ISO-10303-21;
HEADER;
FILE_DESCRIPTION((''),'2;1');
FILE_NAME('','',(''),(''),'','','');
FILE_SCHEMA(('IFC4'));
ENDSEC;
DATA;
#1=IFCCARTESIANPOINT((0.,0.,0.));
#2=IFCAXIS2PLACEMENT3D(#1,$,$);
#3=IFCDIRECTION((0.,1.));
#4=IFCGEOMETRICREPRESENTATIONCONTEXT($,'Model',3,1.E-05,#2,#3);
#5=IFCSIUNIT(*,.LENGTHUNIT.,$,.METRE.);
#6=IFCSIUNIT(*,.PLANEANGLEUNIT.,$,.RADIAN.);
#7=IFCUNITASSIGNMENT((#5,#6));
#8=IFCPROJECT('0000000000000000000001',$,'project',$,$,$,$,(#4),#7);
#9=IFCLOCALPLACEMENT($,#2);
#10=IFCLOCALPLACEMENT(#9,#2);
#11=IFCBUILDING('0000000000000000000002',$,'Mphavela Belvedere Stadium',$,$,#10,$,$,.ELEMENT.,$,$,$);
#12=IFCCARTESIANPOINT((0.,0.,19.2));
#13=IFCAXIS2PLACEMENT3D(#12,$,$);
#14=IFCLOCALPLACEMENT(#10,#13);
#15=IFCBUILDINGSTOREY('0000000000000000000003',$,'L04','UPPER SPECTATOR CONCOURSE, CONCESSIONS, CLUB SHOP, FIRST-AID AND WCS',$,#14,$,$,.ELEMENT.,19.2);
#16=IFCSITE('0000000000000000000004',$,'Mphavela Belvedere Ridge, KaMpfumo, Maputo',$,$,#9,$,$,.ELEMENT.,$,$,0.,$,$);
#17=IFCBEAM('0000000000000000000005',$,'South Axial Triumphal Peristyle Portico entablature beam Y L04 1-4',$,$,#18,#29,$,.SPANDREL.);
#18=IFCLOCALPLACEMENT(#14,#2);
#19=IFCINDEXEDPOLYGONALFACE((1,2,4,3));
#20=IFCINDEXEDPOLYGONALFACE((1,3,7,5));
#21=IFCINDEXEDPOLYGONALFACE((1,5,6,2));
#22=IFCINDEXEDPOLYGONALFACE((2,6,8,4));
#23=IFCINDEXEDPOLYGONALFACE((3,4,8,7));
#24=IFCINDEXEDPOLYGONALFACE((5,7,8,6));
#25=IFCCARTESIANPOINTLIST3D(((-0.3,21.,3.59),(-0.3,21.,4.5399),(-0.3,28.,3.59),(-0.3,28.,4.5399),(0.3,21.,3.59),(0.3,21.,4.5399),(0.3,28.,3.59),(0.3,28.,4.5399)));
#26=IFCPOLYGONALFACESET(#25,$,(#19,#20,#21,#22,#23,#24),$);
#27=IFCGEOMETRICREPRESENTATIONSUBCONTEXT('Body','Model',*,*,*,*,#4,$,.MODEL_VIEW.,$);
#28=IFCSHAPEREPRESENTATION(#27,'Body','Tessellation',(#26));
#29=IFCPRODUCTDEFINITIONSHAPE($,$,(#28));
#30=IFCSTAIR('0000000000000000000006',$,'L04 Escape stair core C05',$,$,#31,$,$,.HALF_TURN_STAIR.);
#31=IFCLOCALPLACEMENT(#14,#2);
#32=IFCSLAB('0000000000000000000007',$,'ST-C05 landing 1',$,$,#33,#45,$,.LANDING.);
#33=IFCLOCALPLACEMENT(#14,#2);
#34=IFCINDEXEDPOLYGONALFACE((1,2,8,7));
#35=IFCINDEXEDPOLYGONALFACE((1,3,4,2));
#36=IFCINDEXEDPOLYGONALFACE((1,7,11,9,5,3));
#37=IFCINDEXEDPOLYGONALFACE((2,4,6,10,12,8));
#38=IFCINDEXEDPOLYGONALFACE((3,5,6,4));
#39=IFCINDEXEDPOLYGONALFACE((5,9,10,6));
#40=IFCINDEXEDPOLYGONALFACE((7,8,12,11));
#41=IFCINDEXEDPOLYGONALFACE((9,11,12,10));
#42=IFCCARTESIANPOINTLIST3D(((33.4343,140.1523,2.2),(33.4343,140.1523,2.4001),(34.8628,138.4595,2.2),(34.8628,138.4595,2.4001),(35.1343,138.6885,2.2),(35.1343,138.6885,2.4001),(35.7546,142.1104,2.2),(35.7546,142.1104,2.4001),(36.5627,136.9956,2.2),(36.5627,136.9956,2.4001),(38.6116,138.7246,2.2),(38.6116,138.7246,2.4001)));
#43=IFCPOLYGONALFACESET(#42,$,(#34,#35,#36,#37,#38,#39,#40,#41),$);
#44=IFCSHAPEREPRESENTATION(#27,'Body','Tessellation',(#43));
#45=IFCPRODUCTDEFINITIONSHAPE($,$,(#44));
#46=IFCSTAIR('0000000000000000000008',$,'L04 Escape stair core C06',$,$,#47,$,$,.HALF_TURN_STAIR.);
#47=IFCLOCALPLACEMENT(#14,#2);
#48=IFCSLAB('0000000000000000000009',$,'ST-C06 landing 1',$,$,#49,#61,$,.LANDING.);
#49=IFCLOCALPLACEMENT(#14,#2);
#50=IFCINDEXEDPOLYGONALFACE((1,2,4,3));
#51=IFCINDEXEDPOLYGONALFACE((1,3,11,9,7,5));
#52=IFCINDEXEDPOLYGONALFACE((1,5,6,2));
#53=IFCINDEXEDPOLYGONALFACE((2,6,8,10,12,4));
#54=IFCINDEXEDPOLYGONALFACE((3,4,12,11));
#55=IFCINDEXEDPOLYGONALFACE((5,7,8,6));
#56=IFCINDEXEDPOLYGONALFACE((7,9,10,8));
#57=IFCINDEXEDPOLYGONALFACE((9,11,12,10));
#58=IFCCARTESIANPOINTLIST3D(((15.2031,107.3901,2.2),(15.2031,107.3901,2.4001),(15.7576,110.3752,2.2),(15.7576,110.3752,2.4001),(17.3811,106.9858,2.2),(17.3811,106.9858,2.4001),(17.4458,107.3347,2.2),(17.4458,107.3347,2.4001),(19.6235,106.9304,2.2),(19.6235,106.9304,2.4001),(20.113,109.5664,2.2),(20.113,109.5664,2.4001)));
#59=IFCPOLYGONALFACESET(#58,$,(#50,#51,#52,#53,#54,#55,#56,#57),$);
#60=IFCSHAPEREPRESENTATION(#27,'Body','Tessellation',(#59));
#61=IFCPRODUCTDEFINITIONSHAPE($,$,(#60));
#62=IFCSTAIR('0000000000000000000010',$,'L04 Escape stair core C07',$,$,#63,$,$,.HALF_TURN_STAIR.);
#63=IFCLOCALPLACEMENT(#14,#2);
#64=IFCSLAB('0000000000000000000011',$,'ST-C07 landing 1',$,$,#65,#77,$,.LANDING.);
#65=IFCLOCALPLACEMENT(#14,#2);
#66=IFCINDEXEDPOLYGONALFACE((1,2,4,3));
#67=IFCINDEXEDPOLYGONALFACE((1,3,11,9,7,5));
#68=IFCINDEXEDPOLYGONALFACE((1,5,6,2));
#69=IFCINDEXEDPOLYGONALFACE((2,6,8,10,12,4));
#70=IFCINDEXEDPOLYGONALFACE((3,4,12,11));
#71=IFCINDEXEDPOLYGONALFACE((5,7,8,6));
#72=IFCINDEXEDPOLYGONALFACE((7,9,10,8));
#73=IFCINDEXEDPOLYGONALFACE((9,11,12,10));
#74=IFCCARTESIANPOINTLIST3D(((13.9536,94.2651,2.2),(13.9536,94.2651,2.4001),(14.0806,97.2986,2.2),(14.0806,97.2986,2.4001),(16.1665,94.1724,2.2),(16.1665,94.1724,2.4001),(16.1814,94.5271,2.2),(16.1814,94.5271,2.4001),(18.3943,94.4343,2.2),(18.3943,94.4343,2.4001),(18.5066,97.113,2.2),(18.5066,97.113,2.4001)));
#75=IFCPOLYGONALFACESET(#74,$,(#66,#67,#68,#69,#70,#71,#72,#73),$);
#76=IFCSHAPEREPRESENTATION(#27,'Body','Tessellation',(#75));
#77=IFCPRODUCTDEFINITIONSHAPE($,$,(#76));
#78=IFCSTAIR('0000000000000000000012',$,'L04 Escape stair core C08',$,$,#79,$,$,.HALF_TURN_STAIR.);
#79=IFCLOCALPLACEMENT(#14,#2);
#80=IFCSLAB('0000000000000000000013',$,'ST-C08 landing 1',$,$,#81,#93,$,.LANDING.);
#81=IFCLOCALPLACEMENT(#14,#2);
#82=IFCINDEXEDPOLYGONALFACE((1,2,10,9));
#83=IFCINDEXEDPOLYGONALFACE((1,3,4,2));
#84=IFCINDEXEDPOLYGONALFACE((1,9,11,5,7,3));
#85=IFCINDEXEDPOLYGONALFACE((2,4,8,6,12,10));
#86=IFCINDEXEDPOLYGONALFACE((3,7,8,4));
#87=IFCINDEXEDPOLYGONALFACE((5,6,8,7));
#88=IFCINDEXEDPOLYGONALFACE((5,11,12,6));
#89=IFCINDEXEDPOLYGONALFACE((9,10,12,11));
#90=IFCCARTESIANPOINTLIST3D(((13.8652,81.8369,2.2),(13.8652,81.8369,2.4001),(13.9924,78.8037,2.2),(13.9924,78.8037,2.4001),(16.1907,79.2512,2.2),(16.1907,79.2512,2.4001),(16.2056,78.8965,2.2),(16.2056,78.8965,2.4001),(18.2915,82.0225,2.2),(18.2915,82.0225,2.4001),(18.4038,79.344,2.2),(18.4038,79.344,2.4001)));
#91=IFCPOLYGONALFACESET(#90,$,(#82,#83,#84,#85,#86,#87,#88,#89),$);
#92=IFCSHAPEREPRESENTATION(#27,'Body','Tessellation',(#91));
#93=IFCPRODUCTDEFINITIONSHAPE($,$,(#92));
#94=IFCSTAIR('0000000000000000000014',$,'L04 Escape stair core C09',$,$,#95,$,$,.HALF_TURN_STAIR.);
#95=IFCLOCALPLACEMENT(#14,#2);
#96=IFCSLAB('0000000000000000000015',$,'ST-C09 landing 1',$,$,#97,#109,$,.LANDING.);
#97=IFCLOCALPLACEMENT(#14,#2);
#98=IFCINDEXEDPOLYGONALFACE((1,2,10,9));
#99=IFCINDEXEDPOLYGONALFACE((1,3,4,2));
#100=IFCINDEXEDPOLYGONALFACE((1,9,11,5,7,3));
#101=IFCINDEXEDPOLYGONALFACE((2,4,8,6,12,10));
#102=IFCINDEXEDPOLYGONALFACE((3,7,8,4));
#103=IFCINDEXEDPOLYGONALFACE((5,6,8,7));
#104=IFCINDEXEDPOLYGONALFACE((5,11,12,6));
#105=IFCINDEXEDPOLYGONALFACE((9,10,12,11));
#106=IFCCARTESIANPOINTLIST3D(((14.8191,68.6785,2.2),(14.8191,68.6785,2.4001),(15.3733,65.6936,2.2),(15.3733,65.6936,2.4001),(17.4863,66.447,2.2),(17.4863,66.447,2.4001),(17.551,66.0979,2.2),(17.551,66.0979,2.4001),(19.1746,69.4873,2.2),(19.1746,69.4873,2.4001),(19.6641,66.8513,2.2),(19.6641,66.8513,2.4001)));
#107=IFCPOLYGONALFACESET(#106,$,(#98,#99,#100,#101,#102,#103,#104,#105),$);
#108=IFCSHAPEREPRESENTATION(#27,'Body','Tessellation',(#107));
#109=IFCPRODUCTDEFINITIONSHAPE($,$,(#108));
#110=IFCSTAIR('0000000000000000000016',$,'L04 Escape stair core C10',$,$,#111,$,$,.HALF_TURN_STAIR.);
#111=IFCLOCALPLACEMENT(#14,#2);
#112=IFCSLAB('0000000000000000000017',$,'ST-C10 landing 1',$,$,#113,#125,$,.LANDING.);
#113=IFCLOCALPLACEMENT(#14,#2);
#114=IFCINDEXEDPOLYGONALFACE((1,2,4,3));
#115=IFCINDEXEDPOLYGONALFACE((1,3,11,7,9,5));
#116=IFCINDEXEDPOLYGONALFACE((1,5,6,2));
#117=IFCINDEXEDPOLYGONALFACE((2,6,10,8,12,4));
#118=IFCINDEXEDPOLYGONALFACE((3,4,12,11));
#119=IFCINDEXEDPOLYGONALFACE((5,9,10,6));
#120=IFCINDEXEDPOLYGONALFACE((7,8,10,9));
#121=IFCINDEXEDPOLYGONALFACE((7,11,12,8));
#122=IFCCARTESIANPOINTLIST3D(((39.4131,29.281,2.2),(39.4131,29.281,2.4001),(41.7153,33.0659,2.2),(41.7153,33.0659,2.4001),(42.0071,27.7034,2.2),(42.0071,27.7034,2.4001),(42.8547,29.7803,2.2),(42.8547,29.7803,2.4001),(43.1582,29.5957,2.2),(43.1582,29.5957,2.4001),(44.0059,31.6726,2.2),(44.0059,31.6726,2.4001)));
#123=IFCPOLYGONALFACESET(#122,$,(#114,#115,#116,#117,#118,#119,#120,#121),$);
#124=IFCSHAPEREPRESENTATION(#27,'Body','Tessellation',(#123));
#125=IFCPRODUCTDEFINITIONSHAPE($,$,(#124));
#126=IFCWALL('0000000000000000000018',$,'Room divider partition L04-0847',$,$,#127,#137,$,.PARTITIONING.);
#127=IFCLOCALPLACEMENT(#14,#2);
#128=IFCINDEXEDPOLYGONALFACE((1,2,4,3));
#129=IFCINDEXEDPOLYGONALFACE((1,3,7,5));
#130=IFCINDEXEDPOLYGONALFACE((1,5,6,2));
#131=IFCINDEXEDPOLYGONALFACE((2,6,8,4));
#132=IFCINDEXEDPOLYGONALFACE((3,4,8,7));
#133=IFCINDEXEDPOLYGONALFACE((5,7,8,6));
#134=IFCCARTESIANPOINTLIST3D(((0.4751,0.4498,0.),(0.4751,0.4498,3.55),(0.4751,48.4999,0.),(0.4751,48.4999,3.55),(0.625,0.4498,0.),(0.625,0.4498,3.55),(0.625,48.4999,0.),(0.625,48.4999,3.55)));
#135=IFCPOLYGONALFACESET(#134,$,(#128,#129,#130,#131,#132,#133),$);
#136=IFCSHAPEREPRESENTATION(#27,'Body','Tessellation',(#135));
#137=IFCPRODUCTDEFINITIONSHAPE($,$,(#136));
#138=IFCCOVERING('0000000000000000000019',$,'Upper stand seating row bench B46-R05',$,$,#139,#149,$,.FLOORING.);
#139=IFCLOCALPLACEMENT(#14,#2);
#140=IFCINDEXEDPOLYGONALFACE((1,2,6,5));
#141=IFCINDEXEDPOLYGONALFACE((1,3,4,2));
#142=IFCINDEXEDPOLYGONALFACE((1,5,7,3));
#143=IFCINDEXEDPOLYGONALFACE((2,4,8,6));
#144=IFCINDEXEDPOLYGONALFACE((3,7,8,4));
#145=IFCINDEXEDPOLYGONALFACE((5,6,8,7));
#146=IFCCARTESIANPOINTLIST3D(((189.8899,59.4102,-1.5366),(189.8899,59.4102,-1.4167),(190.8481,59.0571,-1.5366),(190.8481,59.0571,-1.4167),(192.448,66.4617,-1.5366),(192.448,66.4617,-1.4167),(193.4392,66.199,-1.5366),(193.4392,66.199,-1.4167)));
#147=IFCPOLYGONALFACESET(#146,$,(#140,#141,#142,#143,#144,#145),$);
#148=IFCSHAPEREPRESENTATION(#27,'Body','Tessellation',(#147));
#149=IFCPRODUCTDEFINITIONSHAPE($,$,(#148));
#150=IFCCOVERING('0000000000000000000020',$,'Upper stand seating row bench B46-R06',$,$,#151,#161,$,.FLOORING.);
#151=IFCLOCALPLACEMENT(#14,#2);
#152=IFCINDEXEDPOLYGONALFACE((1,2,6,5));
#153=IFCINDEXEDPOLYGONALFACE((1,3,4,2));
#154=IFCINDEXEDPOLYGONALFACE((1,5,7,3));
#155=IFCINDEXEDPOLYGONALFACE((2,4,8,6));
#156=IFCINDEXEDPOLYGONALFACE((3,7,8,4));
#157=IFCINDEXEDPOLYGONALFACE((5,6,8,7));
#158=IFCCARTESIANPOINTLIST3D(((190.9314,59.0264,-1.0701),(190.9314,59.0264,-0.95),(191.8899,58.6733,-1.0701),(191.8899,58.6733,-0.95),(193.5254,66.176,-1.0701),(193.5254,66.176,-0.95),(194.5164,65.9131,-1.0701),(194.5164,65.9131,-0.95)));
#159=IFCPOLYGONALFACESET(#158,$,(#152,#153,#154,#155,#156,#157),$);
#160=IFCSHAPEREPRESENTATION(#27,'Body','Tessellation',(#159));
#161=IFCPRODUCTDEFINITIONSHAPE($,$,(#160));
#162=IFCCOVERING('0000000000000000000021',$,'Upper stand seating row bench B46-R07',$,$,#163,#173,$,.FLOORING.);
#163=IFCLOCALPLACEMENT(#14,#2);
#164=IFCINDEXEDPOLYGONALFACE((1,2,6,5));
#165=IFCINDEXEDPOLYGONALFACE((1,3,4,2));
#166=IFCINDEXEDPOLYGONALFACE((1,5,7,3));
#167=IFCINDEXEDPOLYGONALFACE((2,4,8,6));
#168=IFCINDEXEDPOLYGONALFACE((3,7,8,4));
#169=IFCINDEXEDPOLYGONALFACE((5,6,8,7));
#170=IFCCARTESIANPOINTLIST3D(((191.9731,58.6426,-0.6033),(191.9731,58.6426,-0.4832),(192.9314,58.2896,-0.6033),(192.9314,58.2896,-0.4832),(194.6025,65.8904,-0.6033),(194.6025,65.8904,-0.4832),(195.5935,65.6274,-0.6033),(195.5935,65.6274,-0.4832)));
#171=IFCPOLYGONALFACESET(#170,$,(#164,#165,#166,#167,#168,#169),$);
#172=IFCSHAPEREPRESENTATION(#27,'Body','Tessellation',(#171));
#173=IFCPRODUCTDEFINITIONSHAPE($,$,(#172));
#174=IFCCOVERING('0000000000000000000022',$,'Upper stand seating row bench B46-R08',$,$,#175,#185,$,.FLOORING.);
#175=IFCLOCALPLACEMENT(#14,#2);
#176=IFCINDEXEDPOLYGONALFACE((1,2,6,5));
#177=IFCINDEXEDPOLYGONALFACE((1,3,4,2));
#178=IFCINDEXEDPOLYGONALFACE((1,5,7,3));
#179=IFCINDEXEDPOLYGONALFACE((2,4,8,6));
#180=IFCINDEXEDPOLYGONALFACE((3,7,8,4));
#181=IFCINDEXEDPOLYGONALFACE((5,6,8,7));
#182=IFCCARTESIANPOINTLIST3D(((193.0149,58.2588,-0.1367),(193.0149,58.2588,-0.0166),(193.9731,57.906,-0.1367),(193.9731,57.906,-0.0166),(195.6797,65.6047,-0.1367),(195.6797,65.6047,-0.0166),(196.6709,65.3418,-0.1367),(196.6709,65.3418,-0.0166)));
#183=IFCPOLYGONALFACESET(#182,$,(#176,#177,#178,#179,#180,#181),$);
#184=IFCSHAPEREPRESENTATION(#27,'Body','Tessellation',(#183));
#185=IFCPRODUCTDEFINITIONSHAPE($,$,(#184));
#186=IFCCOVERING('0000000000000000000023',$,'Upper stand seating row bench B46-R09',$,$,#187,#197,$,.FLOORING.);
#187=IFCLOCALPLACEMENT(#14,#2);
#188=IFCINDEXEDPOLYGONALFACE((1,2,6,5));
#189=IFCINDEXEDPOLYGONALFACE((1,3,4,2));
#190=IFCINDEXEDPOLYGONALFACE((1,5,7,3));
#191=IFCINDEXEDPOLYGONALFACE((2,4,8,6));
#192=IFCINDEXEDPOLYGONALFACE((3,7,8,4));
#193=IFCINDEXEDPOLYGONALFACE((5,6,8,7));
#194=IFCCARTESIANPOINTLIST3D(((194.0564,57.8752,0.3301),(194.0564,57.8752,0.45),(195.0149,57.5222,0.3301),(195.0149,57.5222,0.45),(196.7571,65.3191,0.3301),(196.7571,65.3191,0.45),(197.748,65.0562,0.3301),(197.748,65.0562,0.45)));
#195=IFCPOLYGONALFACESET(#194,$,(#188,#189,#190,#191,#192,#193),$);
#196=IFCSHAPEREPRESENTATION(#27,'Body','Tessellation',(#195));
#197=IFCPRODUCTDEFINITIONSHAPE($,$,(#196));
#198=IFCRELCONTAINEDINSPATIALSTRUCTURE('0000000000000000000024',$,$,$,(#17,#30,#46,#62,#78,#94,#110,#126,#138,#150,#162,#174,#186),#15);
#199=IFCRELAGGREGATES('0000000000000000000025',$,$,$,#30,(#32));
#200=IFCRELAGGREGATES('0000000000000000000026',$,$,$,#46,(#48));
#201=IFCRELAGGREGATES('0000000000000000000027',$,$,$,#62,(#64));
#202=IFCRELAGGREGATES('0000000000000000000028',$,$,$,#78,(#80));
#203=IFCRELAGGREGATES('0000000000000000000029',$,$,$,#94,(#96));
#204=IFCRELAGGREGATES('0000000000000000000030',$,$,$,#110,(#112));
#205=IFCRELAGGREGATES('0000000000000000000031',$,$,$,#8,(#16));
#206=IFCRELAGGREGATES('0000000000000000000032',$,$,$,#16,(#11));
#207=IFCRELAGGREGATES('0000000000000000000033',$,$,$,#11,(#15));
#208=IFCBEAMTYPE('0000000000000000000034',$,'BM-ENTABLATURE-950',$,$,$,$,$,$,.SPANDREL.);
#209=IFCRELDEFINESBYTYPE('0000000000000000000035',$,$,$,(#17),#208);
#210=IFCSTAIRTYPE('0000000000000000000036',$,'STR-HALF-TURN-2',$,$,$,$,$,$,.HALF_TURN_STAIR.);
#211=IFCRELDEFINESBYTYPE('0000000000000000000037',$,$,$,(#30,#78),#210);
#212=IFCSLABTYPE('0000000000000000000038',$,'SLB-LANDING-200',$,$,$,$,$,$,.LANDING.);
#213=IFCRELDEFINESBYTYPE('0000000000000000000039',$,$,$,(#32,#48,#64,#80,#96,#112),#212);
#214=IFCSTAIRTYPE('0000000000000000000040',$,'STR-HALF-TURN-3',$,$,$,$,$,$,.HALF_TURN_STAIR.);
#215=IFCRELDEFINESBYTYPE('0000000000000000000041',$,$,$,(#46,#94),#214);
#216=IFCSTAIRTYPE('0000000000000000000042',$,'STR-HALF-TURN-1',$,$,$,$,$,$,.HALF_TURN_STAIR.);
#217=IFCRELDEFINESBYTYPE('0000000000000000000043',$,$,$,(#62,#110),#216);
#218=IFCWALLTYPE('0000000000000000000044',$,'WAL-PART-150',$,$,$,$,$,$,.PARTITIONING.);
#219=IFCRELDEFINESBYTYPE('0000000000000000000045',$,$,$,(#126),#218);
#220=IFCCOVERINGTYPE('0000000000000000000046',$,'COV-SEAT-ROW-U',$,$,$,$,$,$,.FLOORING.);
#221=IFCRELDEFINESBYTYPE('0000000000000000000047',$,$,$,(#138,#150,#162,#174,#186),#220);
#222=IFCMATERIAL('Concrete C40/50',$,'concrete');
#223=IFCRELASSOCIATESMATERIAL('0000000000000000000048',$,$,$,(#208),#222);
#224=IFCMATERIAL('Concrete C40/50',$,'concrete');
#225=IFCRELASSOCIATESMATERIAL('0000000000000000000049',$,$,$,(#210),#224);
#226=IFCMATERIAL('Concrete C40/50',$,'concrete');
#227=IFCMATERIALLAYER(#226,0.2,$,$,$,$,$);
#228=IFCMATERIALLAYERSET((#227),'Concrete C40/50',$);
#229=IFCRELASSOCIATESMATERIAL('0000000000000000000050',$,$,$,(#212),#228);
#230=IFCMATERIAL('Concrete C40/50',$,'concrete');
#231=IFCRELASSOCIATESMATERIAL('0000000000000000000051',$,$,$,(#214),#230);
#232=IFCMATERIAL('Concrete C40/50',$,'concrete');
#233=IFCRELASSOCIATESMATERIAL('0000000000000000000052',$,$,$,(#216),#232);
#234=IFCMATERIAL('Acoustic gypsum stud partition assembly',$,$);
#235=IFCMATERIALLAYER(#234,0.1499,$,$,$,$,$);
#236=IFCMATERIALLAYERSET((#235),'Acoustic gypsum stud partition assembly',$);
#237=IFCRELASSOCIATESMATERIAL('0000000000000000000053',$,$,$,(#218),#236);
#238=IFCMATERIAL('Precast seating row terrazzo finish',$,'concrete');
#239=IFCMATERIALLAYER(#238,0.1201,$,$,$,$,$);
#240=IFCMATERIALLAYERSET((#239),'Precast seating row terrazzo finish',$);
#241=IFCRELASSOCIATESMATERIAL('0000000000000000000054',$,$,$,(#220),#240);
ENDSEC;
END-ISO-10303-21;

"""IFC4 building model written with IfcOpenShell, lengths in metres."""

from ifc_helpers import new_model, si_unit, direction, frame, frame_2d, origin, origin_2d, place, context, subcontext, project, spatial, polyline, rectangle, outline, extrude, material, layer, layer_set, material_profile, profile_set, type_object, element, aggregate, save


model = new_model("IFC4")

# Units and contexts
model_context = context("Model", 3, precision=1e-05, world=origin(), true_north=direction((0.0, 1.0)))
body_context = subcontext(model_context, "Body", "Model", "MODEL_VIEW")
ifc_project = project(units=[si_unit("LENGTHUNIT", "METRE"), si_unit("PLANEANGLEUNIT", "RADIAN")], contexts=[model_context])

# Site, building, storey
site_placement = place(None, origin())
site = spatial("IfcSite", under=ifc_project, at=site_placement, Name="Mphavela Belvedere Ridge, KaMpfumo, Maputo", CompositionType="ELEMENT", RefElevation=0.0)
building_placement = place(site_placement, origin())
building = spatial("IfcBuilding", under=site, at=building_placement, Name="Mphavela Belvedere Stadium", CompositionType="ELEMENT")
storey_placement = place(building_placement, frame((0.0, 0.0, 19.2)))
storey = spatial("IfcBuildingStorey", under=building, at=storey_placement, Name="L04", Description="UPPER SPECTATOR CONCOURSE, CONCESSIONS, CLUB SHOP, FIRST-AID AND WCS", CompositionType="ELEMENT", Elevation=19.2)

# Beam
ifc_material_1 = material(Name="Concrete C40/50", Category="concrete")
ifc_material_profile_1 = material_profile(ifc_material_1, rectangle(XDim=0.6001, YDim=0.95, at=origin_2d()), Name="RC 600x950")
ifc_profile_set_1 = profile_set([ifc_material_profile_1], Name="Concrete C40/50")
beam_type = type_object("IfcBeamType", Name="BM-ENTABLATURE-950", PredefinedType="SPANDREL", material=ifc_profile_set_1)
beam_1_placement = place(storey_placement, frame((0.0, 21.0, 4.0649), z_axis=(0.0, 1.0, 0.0), x_axis=(-1.0, 0.0, 0.0)))
element("IfcBeam", 1, at=beam_1_placement, inside=storey, type_object=beam_type, Name="South Axial Triumphal Peristyle Portico entablature beam Y L04 1-4", PredefinedType="SPANDREL", context=body_context, shape_type="SweptSolid", body=[
    extrude(rectangle(XDim=0.6001, YDim=0.95, at=origin_2d()), origin(), (0.0, 0.0, 1.0), 7.0),
])

# Stairs, slabs
ifc_material_2 = material(Name="Concrete C40/50", Category="concrete")
stair_type_1 = type_object("IfcStairType", Name="STR-HALF-TURN-2", PredefinedType="HALF_TURN_STAIR", material=ifc_material_2)
stair_1_placement = place(storey_placement, origin())
stair_1 = element("IfcStair", 2, at=stair_1_placement, inside=storey, type_object=stair_type_1, Name="L04 Escape stair core C05", PredefinedType="HALF_TURN_STAIR")
ifc_material_3 = material(Name="Concrete C40/50", Category="concrete")
ifc_layer_1 = layer(ifc_material_3, 0.2)
ifc_layer_set_1 = layer_set([ifc_layer_1], Name="Concrete C40/50")
slab_type = type_object("IfcSlabType", Name="SLB-LANDING-200", PredefinedType="LANDING", material=ifc_layer_set_1)
slab_1_placement = place(storey_placement, frame((0.0, 0.0, 2.2)))
slab_1 = element("IfcSlab", 3, at=slab_1_placement, type_object=slab_type, Name="ST-C05 landing 1", PredefinedType="LANDING", context=body_context, shape_type="SweptSolid", body=[
    extrude(outline(polyline([(36.5627, 136.9956), (38.6116, 138.7246), (35.7546, 142.1104), (33.4343, 140.1523), (34.8628, 138.4595), (35.1343, 138.6885), (36.5627, 136.9956)])), origin(), (0.0, 0.0, 1.0), 0.2002),
])
aggregate(stair_1, [slab_1])
ifc_material_4 = material(Name="Concrete C40/50", Category="concrete")
stair_type_2 = type_object("IfcStairType", Name="STR-HALF-TURN-3", PredefinedType="HALF_TURN_STAIR", material=ifc_material_4)
stair_2_placement = place(storey_placement, origin())
stair_2 = element("IfcStair", 4, at=stair_2_placement, inside=storey, type_object=stair_type_2, Name="L04 Escape stair core C06", PredefinedType="HALF_TURN_STAIR")
slab_2_placement = place(storey_placement, frame((0.0, 0.0, 2.2)))
slab_2 = element("IfcSlab", 5, at=slab_2_placement, type_object=slab_type, Name="ST-C06 landing 1", PredefinedType="LANDING", context=body_context, shape_type="SweptSolid", body=[
    extrude(outline(polyline([(19.6235, 106.9304), (20.113, 109.5664), (15.7576, 110.3752), (15.2031, 107.3901), (17.3811, 106.9858), (17.4458, 107.3347), (19.6235, 106.9304)])), origin(), (0.0, 0.0, 1.0), 0.2002),
])
aggregate(stair_2, [slab_2])
ifc_material_5 = material(Name="Concrete C40/50", Category="concrete")
stair_type_3 = type_object("IfcStairType", Name="STR-HALF-TURN-1", PredefinedType="HALF_TURN_STAIR", material=ifc_material_5)
stair_3_placement = place(storey_placement, origin())
stair_3 = element("IfcStair", 6, at=stair_3_placement, inside=storey, type_object=stair_type_3, Name="L04 Escape stair core C07", PredefinedType="HALF_TURN_STAIR")
slab_3_placement = place(storey_placement, frame((0.0, 0.0, 2.2)))
slab_3 = element("IfcSlab", 7, at=slab_3_placement, type_object=slab_type, Name="ST-C07 landing 1", PredefinedType="LANDING", context=body_context, shape_type="SweptSolid", body=[
    extrude(outline(polyline([(18.3943, 94.4343), (18.5066, 97.113), (14.0806, 97.2986), (13.9536, 94.2651), (16.1665, 94.1724), (16.1814, 94.5271), (18.3943, 94.4343)])), origin(), (0.0, 0.0, 1.0), 0.2002),
])
aggregate(stair_3, [slab_3])
stair_4_placement = place(storey_placement, origin())
stair_4 = element("IfcStair", 8, at=stair_4_placement, inside=storey, type_object=stair_type_1, Name="L04 Escape stair core C08", PredefinedType="HALF_TURN_STAIR")
slab_4_placement = place(storey_placement, frame((0.0, 0.0, 2.2)))
slab_4 = element("IfcSlab", 9, at=slab_4_placement, type_object=slab_type, Name="ST-C08 landing 1", PredefinedType="LANDING", context=body_context, shape_type="SweptSolid", body=[
    extrude(outline(polyline([(18.4038, 79.344), (18.2915, 82.0225), (13.8652, 81.8369), (13.9924, 78.8037), (16.2056, 78.8965), (16.1907, 79.2512), (18.4038, 79.344)])), origin(), (0.0, 0.0, 1.0), 0.2002),
])
aggregate(stair_4, [slab_4])
stair_5_placement = place(storey_placement, origin())
stair_5 = element("IfcStair", 10, at=stair_5_placement, inside=storey, type_object=stair_type_2, Name="L04 Escape stair core C09", PredefinedType="HALF_TURN_STAIR")
slab_5_placement = place(storey_placement, frame((0.0, 0.0, 2.2)))
slab_5 = element("IfcSlab", 11, at=slab_5_placement, type_object=slab_type, Name="ST-C09 landing 1", PredefinedType="LANDING", context=body_context, shape_type="SweptSolid", body=[
    extrude(outline(polyline([(19.6641, 66.8513), (19.1746, 69.4873), (14.8191, 68.6785), (15.3733, 65.6936), (17.551, 66.0979), (17.4863, 66.447), (19.6641, 66.8513)])), origin(), (0.0, 0.0, 1.0), 0.2002),
])
aggregate(stair_5, [slab_5])
stair_6_placement = place(storey_placement, origin())
stair_6 = element("IfcStair", 12, at=stair_6_placement, inside=storey, type_object=stair_type_3, Name="L04 Escape stair core C10", PredefinedType="HALF_TURN_STAIR")
slab_6_placement = place(storey_placement, frame((0.0, 0.0, 2.2)))
slab_6 = element("IfcSlab", 13, at=slab_6_placement, type_object=slab_type, Name="ST-C10 landing 1", PredefinedType="LANDING", context=body_context, shape_type="SweptSolid", body=[
    extrude(outline(polyline([(44.0059, 31.6726), (41.7153, 33.0659), (39.4131, 29.281), (42.0071, 27.7034), (43.1582, 29.5957), (42.8547, 29.7803), (44.0059, 31.6726)])), origin(), (0.0, 0.0, 1.0), 0.2002),
])
aggregate(stair_6, [slab_6])

# Wall
ifc_material_6 = material(Name="Acoustic gypsum stud partition assembly")
ifc_layer_2 = layer(ifc_material_6, 0.1499)
ifc_layer_set_2 = layer_set([ifc_layer_2], Name="Acoustic gypsum stud partition assembly")
wall_type = type_object("IfcWallType", Name="WAL-PART-150", PredefinedType="PARTITIONING", material=ifc_layer_set_2)
wall_placement = place(storey_placement, frame((0.55, 0.45, 0.0), z_axis=(0.0, 0.0, 1.0), x_axis=(0.0, 1.0, 0.0)))
element("IfcWall", 14, at=wall_placement, inside=storey, type_object=wall_type, Name="Room divider partition L04-0847", PredefinedType="PARTITIONING", context=body_context, shape_type="SweptSolid", body=[
    extrude(rectangle(XDim=48.05, YDim=0.1499, at=frame_2d((24.0249, 0.0))), origin(), (0.0, 0.0, 1.0), 3.55),
])

# Coverings
ifc_material_7 = material(Name="Precast seating row terrazzo finish", Category="concrete")
ifc_layer_3 = layer(ifc_material_7, 0.1201)
ifc_layer_set_3 = layer_set([ifc_layer_3], Name="Precast seating row terrazzo finish")
covering_type = type_object("IfcCoveringType", Name="COV-SEAT-ROW-U", PredefinedType="FLOORING", material=ifc_layer_set_3)
covering_1_placement = place(storey_placement, frame((0.0, 0.0, -1.5366)))
element("IfcCovering", 15, at=covering_1_placement, inside=storey, type_object=covering_type, Name="Upper stand seating row bench B46-R05", PredefinedType="FLOORING", context=body_context, shape_type="SweptSolid", body=[
    extrude(outline(polyline([(189.8899, 59.4102), (192.448, 66.4617), (193.4392, 66.199), (190.8481, 59.0571), (189.8899, 59.4102)])), origin(), (0.0, 0.0, 1.0), 0.1199),
])
covering_2_placement = place(storey_placement, frame((0.0, 0.0, -1.0701)))
element("IfcCovering", 16, at=covering_2_placement, inside=storey, type_object=covering_type, Name="Upper stand seating row bench B46-R06", PredefinedType="FLOORING", context=body_context, shape_type="SweptSolid", body=[
    extrude(outline(polyline([(190.9314, 59.0264), (193.5254, 66.176), (194.5164, 65.9131), (191.8899, 58.6733), (190.9314, 59.0264)])), origin(), (0.0, 0.0, 1.0), 0.1201),
])
covering_3_placement = place(storey_placement, frame((0.0, 0.0, -0.6033)))
element("IfcCovering", 17, at=covering_3_placement, inside=storey, type_object=covering_type, Name="Upper stand seating row bench B46-R07", PredefinedType="FLOORING", context=body_context, shape_type="SweptSolid", body=[
    extrude(outline(polyline([(191.9731, 58.6426), (194.6025, 65.8904), (195.5935, 65.6274), (192.9314, 58.2896), (191.9731, 58.6426)])), origin(), (0.0, 0.0, 1.0), 0.1201),
])
covering_4_placement = place(storey_placement, frame((0.0, 0.0, -0.1367)))
element("IfcCovering", 18, at=covering_4_placement, inside=storey, type_object=covering_type, Name="Upper stand seating row bench B46-R08", PredefinedType="FLOORING", context=body_context, shape_type="SweptSolid", body=[
    extrude(outline(polyline([(193.0149, 58.2588), (195.6797, 65.6047), (196.6709, 65.3418), (193.9731, 57.906), (193.0149, 58.2588)])), origin(), (0.0, 0.0, 1.0), 0.1201),
])
covering_5_placement = place(storey_placement, frame((0.0, 0.0, 0.3301)))
element("IfcCovering", 19, at=covering_5_placement, inside=storey, type_object=covering_type, Name="Upper stand seating row bench B46-R09", PredefinedType="FLOORING", context=body_context, shape_type="SweptSolid", body=[
    extrude(outline(polyline([(194.0564, 57.8752), (196.7571, 65.3191), (197.748, 65.0562), (195.0149, 57.5222), (194.0564, 57.8752)])), origin(), (0.0, 0.0, 1.0), 0.1199),
])

save(model, "model.ifc")
